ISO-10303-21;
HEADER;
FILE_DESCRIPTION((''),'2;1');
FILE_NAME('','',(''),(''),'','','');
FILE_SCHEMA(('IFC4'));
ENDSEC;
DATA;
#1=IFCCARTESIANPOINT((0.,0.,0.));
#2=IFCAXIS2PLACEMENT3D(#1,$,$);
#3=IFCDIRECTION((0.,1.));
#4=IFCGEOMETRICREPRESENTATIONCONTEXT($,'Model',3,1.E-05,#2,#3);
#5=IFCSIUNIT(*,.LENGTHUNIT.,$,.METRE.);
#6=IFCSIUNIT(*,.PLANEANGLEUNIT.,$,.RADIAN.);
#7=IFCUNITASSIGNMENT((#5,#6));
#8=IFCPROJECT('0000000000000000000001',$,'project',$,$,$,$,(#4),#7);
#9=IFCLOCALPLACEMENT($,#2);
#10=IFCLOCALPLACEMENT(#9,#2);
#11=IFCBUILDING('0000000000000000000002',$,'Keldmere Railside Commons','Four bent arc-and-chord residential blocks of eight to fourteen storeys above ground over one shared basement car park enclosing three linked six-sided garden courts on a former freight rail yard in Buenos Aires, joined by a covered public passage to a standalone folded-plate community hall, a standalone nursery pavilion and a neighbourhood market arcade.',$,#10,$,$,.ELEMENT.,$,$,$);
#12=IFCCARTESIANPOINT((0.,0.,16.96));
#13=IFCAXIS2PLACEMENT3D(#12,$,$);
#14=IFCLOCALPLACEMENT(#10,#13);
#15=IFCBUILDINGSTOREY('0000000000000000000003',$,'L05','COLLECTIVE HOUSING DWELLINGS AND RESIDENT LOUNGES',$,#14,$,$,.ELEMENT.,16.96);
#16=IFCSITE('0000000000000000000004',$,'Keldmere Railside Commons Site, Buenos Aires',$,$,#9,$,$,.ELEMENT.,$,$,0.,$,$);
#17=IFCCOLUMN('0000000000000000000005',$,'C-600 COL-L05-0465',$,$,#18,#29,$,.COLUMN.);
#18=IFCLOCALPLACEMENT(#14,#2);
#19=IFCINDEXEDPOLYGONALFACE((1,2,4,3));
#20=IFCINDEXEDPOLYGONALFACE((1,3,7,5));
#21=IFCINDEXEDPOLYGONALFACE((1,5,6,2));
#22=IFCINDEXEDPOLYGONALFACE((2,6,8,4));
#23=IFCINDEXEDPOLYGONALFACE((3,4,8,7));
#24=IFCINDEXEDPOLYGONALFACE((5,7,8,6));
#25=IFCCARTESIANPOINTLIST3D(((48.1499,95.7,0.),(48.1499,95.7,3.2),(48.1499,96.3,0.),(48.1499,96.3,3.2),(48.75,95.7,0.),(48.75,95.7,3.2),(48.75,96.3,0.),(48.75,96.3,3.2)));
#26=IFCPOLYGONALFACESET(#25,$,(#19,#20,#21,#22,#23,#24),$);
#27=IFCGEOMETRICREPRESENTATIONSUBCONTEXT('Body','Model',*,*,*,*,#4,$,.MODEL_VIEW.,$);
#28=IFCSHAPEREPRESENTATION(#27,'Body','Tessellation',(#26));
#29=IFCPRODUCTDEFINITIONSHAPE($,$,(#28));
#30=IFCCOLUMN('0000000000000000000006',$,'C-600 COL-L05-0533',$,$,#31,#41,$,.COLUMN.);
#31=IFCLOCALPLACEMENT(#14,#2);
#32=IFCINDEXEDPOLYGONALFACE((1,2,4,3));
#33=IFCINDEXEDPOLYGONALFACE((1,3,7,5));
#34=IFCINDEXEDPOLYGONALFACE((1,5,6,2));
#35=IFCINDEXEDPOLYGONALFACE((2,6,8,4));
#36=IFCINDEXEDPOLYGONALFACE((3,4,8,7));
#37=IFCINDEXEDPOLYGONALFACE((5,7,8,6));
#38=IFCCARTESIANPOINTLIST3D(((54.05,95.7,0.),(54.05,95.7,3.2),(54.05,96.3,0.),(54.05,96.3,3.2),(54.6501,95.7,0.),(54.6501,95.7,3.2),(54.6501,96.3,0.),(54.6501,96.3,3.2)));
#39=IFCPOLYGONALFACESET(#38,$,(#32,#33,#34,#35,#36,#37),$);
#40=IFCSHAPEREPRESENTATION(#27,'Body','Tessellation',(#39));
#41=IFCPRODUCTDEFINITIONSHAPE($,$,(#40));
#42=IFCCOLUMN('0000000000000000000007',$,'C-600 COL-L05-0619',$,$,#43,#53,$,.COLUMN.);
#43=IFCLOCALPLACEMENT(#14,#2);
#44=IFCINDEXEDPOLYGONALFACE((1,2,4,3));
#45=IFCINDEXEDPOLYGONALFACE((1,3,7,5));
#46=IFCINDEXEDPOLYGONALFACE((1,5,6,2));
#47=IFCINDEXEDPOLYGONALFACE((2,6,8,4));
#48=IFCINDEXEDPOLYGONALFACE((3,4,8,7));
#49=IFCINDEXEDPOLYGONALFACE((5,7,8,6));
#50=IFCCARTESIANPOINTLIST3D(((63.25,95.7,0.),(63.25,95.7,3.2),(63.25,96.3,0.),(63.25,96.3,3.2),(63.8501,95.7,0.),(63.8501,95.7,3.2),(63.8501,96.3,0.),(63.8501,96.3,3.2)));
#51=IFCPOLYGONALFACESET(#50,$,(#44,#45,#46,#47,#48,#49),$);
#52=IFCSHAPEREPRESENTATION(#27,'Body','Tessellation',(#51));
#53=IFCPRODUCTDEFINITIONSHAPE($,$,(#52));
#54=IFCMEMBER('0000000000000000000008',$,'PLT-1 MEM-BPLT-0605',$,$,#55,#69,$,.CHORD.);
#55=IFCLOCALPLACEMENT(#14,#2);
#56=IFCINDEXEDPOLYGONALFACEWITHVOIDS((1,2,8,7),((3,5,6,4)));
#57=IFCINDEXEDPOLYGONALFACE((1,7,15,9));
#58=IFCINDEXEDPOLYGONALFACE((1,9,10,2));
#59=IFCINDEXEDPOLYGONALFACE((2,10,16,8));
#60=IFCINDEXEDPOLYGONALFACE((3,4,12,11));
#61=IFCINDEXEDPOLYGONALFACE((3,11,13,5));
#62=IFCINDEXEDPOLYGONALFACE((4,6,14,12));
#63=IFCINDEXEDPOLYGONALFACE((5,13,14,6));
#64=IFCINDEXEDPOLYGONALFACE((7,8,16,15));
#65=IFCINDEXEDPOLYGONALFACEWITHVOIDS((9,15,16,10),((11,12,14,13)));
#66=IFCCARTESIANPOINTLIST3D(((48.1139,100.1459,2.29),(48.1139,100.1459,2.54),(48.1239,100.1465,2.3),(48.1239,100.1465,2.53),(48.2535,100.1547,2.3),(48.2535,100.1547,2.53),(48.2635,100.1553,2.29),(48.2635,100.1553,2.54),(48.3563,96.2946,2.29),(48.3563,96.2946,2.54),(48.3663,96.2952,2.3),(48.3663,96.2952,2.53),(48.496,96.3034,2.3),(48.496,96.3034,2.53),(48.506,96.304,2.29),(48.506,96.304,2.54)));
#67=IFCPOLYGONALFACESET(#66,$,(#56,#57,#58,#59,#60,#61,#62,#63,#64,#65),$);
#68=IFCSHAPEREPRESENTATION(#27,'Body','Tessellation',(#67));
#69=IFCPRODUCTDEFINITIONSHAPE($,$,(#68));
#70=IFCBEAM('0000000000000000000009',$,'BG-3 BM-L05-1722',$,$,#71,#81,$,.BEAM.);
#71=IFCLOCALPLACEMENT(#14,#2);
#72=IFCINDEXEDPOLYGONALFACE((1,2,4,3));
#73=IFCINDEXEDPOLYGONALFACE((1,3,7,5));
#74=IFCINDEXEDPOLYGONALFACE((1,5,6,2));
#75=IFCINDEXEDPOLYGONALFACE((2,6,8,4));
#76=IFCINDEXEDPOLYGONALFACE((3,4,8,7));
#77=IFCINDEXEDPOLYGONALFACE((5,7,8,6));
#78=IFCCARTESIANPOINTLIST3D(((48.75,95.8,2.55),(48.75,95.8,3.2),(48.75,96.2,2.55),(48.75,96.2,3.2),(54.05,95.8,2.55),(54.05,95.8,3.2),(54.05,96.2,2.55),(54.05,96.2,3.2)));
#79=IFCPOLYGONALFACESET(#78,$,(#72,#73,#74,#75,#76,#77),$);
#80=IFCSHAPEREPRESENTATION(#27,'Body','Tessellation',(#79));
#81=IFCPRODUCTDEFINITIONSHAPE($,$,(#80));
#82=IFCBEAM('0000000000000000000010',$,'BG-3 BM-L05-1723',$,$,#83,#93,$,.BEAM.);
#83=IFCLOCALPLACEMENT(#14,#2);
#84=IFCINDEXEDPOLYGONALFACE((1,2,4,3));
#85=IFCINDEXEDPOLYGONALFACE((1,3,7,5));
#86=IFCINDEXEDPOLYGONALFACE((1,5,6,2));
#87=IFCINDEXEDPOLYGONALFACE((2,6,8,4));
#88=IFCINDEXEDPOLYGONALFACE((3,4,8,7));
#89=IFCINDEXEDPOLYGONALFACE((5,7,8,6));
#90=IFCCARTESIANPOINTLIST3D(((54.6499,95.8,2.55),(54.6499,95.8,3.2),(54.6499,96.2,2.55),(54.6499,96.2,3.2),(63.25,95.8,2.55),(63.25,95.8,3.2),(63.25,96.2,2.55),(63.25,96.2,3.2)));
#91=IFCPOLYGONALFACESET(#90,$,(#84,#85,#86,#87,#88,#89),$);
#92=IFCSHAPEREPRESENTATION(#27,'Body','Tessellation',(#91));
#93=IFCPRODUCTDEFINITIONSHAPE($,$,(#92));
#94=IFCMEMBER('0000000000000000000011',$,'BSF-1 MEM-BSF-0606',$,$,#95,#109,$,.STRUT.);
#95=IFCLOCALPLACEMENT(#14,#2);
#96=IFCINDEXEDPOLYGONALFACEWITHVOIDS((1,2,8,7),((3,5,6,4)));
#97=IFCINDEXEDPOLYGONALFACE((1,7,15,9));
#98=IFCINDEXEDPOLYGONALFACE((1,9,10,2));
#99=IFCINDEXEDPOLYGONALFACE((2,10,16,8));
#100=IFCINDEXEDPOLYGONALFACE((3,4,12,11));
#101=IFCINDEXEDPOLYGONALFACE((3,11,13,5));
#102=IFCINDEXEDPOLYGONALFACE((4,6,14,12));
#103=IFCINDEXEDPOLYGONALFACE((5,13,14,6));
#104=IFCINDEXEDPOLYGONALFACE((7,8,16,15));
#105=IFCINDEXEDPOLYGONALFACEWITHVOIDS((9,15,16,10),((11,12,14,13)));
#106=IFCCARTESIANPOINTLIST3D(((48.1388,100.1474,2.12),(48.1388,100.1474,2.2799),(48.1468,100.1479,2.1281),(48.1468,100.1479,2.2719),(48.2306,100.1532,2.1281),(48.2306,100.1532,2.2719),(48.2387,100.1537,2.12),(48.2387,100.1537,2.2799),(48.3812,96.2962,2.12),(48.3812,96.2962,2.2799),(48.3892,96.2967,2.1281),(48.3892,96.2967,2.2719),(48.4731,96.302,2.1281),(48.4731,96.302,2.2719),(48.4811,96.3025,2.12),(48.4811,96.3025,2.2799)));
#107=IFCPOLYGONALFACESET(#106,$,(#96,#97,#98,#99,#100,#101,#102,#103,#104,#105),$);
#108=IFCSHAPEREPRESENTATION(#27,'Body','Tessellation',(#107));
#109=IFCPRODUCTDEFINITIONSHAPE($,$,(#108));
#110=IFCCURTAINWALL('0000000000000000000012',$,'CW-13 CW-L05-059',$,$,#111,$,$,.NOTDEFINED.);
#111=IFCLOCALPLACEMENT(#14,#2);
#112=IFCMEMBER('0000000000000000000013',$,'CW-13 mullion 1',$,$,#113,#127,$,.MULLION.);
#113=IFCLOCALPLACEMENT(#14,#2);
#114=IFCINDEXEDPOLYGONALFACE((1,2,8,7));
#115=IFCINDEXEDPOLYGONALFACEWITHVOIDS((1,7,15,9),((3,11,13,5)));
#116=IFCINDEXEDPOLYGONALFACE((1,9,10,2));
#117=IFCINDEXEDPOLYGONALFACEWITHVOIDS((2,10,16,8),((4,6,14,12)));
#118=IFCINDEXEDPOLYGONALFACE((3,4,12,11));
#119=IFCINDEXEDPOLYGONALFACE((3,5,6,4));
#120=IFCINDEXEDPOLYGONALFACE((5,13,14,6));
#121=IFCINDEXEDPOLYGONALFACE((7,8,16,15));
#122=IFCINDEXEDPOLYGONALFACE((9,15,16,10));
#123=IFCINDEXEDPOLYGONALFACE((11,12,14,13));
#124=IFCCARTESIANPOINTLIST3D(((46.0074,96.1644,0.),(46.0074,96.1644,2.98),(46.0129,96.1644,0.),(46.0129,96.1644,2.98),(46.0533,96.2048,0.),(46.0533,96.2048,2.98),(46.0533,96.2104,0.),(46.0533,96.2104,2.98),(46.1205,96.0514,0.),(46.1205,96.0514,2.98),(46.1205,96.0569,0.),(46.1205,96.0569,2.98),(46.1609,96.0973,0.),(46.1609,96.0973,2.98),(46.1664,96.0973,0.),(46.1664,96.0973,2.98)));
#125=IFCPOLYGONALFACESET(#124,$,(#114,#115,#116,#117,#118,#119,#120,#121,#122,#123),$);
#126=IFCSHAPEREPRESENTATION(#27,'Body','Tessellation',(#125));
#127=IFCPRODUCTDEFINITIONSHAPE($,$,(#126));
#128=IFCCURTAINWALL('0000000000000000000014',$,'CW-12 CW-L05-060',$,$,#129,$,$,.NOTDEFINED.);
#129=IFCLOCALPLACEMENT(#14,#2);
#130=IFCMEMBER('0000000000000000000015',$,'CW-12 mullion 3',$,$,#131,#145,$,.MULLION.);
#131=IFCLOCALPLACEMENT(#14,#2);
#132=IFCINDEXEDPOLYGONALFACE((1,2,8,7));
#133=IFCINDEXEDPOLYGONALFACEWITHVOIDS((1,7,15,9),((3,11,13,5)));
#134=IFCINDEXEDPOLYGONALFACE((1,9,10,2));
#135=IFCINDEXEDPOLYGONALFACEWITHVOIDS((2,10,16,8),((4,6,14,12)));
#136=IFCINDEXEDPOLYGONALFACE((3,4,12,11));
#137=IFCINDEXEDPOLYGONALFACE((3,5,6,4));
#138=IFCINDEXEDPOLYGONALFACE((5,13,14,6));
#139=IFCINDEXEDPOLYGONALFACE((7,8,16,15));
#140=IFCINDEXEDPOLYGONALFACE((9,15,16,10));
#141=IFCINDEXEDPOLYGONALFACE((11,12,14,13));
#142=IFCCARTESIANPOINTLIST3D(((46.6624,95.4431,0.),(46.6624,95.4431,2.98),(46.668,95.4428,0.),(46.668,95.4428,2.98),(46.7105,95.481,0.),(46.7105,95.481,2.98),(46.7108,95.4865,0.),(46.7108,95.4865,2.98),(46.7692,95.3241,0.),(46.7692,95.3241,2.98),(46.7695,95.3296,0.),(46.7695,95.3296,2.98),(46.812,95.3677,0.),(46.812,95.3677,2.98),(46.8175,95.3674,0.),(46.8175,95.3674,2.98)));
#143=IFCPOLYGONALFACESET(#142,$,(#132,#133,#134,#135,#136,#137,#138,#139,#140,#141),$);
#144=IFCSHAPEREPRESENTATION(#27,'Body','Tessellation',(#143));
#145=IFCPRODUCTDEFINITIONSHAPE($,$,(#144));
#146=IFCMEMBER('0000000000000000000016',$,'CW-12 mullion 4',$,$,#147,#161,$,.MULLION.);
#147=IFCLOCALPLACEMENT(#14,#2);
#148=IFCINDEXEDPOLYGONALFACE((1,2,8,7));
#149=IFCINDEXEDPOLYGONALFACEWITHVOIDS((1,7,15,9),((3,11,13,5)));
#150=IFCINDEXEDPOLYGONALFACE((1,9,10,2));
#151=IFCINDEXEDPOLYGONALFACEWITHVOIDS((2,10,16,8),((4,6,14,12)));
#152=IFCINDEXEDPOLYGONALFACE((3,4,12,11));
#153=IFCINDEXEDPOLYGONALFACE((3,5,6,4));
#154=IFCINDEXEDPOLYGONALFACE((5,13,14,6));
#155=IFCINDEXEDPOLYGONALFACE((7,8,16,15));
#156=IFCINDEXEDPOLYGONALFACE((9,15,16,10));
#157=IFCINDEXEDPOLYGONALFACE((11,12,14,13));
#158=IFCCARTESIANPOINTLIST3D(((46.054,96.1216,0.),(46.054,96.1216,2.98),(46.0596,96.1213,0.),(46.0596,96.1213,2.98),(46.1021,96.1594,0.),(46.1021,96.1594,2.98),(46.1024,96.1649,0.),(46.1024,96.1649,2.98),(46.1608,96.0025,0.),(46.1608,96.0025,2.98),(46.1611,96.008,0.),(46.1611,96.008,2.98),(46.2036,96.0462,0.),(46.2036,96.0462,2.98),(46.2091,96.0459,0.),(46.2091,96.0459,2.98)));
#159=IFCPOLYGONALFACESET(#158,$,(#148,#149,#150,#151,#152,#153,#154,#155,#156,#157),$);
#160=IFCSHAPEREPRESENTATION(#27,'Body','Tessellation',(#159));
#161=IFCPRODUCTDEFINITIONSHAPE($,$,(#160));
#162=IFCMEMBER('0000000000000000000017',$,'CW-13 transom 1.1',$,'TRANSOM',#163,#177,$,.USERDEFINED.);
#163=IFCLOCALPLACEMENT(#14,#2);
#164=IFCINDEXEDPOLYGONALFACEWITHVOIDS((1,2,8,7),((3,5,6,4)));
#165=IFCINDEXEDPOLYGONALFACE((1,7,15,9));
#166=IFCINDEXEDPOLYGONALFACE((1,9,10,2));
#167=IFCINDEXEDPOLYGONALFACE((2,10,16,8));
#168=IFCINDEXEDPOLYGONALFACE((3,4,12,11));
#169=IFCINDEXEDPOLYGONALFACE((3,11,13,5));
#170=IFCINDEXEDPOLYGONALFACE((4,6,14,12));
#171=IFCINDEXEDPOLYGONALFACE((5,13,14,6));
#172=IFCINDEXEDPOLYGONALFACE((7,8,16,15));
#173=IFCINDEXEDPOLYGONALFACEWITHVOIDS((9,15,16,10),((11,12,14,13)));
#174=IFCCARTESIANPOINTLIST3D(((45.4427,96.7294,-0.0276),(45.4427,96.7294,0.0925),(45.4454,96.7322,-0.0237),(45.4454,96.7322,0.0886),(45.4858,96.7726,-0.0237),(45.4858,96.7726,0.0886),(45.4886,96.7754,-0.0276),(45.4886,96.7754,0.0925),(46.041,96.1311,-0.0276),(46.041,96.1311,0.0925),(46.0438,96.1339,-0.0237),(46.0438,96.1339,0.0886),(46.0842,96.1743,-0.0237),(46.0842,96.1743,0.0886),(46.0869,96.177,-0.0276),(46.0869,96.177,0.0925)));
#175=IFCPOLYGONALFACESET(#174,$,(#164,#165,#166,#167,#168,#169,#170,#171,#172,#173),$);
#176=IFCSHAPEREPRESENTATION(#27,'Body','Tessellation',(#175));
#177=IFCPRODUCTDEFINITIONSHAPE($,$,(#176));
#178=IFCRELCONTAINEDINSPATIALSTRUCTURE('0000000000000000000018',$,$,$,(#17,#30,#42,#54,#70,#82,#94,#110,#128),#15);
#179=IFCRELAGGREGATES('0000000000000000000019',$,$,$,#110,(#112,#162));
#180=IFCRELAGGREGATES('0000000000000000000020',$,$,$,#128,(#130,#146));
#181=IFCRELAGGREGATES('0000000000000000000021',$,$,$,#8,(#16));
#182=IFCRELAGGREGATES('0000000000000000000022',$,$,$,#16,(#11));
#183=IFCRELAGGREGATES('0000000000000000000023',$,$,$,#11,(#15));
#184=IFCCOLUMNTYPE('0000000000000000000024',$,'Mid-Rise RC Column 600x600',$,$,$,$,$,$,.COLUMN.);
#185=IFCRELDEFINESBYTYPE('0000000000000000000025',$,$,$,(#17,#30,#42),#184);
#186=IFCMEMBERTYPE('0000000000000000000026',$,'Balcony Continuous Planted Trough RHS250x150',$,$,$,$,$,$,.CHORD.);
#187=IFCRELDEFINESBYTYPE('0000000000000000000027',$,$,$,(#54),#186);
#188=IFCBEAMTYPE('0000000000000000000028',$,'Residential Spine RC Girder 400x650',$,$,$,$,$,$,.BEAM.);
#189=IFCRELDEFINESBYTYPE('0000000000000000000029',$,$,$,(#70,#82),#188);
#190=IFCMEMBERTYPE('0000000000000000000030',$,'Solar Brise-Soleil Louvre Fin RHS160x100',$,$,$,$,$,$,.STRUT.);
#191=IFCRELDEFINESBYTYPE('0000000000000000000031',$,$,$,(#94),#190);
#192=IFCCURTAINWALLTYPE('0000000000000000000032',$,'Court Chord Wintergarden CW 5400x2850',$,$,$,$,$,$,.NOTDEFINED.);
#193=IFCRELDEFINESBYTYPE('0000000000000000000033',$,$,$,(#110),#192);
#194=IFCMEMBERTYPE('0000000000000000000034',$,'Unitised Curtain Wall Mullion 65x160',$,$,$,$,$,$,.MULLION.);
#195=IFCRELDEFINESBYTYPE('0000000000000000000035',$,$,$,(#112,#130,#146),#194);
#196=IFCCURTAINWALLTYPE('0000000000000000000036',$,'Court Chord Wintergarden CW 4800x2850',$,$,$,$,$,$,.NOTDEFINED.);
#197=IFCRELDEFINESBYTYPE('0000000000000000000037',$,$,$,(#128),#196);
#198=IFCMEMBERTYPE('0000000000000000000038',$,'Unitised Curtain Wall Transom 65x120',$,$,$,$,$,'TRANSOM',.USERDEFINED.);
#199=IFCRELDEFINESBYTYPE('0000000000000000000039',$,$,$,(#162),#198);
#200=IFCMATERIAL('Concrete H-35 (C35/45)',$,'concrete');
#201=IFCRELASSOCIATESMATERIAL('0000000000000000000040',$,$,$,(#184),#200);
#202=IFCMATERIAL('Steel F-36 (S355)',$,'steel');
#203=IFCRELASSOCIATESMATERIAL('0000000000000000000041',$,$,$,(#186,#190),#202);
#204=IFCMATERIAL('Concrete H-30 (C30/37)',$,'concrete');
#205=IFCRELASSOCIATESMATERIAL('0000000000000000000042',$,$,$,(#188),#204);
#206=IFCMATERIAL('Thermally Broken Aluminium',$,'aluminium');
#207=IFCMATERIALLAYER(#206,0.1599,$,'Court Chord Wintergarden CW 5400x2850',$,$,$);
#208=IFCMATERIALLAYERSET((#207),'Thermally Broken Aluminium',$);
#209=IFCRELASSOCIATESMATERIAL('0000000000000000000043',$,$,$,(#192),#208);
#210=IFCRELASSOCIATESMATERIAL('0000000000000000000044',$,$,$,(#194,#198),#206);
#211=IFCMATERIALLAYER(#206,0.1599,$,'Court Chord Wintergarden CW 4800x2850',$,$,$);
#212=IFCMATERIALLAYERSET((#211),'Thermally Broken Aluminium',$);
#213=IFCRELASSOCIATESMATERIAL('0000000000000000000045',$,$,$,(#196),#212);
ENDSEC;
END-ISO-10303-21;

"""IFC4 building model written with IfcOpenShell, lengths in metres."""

from ifc_helpers import new_model, si_unit, direction, frame, origin, origin_2d, place, context, subcontext, project, spatial, rectangle, hollow_rectangle, extrude, material, layer, layer_set, material_profile, profile_set, type_object, element, aggregate, save


model = new_model("IFC4")

# Units and contexts
model_context = context("Model", 3, precision=1e-05, world=origin(), true_north=direction((0.0, 1.0)))
body_context = subcontext(model_context, "Body", "Model", "MODEL_VIEW")
ifc_project = project(units=[si_unit("LENGTHUNIT", "METRE"), si_unit("PLANEANGLEUNIT", "RADIAN")], contexts=[model_context])

# Site, building, storey
site_placement = place(None, origin())
site = spatial("IfcSite", under=ifc_project, at=site_placement, Name="Keldmere Railside Commons Site, Buenos Aires", CompositionType="ELEMENT", RefElevation=0.0)
building_placement = place(site_placement, origin())
building = spatial("IfcBuilding", under=site, at=building_placement, Name="Keldmere Railside Commons", Description="Four bent arc-and-chord residential blocks of eight to fourteen storeys above ground over one shared basement car park enclosing three linked six-sided garden courts on a former freight rail yard in Buenos Aires, joined by a covered public passage to a standalone folded-plate community hall, a standalone nursery pavilion and a neighbourhood market arcade.", CompositionType="ELEMENT")
storey_placement = place(building_placement, frame((0.0, 0.0, 16.96)))
storey = spatial("IfcBuildingStorey", under=building, at=storey_placement, Name="L05", Description="COLLECTIVE HOUSING DWELLINGS AND RESIDENT LOUNGES", CompositionType="ELEMENT", Elevation=16.96)

# Columns
ifc_material_1 = material(Name="Concrete H-35 (C35/45)", Category="concrete")
ifc_material_profile_1 = material_profile(ifc_material_1, rectangle(XDim=0.6001, YDim=0.6001, at=origin_2d()), Name="RC-600x600")
ifc_profile_set_1 = profile_set([ifc_material_profile_1], Name="Concrete H-35 (C35/45)")
column_type = type_object("IfcColumnType", Name="Mid-Rise RC Column 600x600", PredefinedType="COLUMN", material=ifc_profile_set_1)
for number, where, z_axis, x_axis, name in (
    (1, (48.45, 96.0, 0.0), (0.0, 0.0, 1.0), (1.0, 0.0, 0.0), "C-600 COL-L05-0465"),
    (2, (54.3501, 96.0, 0.0), (0.0, 0.0, 1.0), (1.0, 0.0, 0.0), "C-600 COL-L05-0533"),
    (3, (63.55, 96.0, 0.0), (0.0, 0.0, 1.0), (1.0, 0.0, 0.0), "C-600 COL-L05-0619"),
):
    element("IfcColumn", number, at=place(storey_placement, frame(where, z_axis=z_axis, x_axis=x_axis)), inside=storey, type_object=column_type, Name=name, PredefinedType="COLUMN", context=body_context, shape_type="SweptSolid", body=[
        extrude(rectangle(XDim=0.6001, YDim=0.6001, at=origin_2d()), origin(), (0.0, 0.0, 1.0), 3.2),
    ])

# Member
ifc_material_2 = material(Name="Steel F-36 (S355)", Category="steel")
ifc_material_profile_2 = material_profile(ifc_material_2, hollow_rectangle(XDim=0.1499, YDim=0.25, WallThickness=0.01, at=origin_2d()), Name="RHS-250x150x10")
ifc_profile_set_2 = profile_set([ifc_material_profile_2], Name="Steel F-36 (S355)")
member_type_1 = type_object("IfcMemberType", Name="Balcony Continuous Planted Trough RHS250x150", PredefinedType="CHORD", material=ifc_profile_set_2)
member_1_placement = place(storey_placement, frame((48.4312, 96.2993, 2.415), z_axis=(-0.062823, 0.998025, 0.0), x_axis=(-0.998025, -0.062823, 0.0)))
element("IfcMember", 4, at=member_1_placement, inside=storey, type_object=member_type_1, Name="PLT-1 MEM-BPLT-0605", PredefinedType="CHORD", context=body_context, shape_type="SweptSolid", body=[
    extrude(hollow_rectangle(XDim=0.1499, YDim=0.25, WallThickness=0.01, at=origin_2d()), origin(), (0.0, 0.0, 1.0), 3.8589),
])

# Beams
ifc_material_3 = material(Name="Concrete H-30 (C30/37)", Category="concrete")
ifc_material_profile_3 = material_profile(ifc_material_3, rectangle(XDim=0.3999, YDim=0.6499, at=origin_2d()), Name="RC-400x650")
ifc_profile_set_3 = profile_set([ifc_material_profile_3], Name="Concrete H-30 (C30/37)")
beam_type = type_object("IfcBeamType", Name="Residential Spine RC Girder 400x650", PredefinedType="BEAM", material=ifc_profile_set_3)
beam_1_placement = place(storey_placement, frame((48.75, 96.0, 2.875), z_axis=(1.0, 0.0, 0.0), x_axis=(0.0, 1.0, 0.0)))
element("IfcBeam", 5, at=beam_1_placement, inside=storey, type_object=beam_type, Name="BG-3 BM-L05-1722", PredefinedType="BEAM", context=body_context, shape_type="SweptSolid", body=[
    extrude(rectangle(XDim=0.3999, YDim=0.6499, at=origin_2d()), origin(), (0.0, 0.0, 1.0), 5.3),
])
beam_2_placement = place(storey_placement, frame((54.6499, 96.0, 2.875), z_axis=(1.0, 0.0, 0.0), x_axis=(0.0, 1.0, 0.0)))
element("IfcBeam", 6, at=beam_2_placement, inside=storey, type_object=beam_type, Name="BG-3 BM-L05-1723", PredefinedType="BEAM", context=body_context, shape_type="SweptSolid", body=[
    extrude(rectangle(XDim=0.3999, YDim=0.6499, at=origin_2d()), origin(), (0.0, 0.0, 1.0), 8.6001),
])

# Member
ifc_material_profile_4 = material_profile(ifc_material_2, hollow_rectangle(XDim=0.1001, YDim=0.1599, WallThickness=0.0081, at=origin_2d()), Name="RHS-160x100x8")
ifc_profile_set_4 = profile_set([ifc_material_profile_4], Name="Steel F-36 (S355)")
member_type_2 = type_object("IfcMemberType", Name="Solar Brise-Soleil Louvre Fin RHS160x100", PredefinedType="STRUT", material=ifc_profile_set_4)
member_2_placement = place(storey_placement, frame((48.4312, 96.2993, 2.2), z_axis=(-0.062823, 0.998025, 0.0), x_axis=(-0.998025, -0.062823, 0.0)))
element("IfcMember", 7, at=member_2_placement, inside=storey, type_object=member_type_2, Name="BSF-1 MEM-BSF-0606", PredefinedType="STRUT", context=body_context, shape_type="SweptSolid", body=[
    extrude(hollow_rectangle(XDim=0.1001, YDim=0.1599, WallThickness=0.0081, at=origin_2d()), origin(), (0.0, 0.0, 1.0), 3.8589),
])

# Curtain wall, member
ifc_material_4 = material(Name="Thermally Broken Aluminium", Category="aluminium")
ifc_layer_1 = layer(ifc_material_4, 0.1599, Name="Court Chord Wintergarden CW 5400x2850")
ifc_layer_set_1 = layer_set([ifc_layer_1], Name="Thermally Broken Aluminium")
curtain_wall_type_1 = type_object("IfcCurtainWallType", Name="Court Chord Wintergarden CW 5400x2850", PredefinedType="NOTDEFINED", material=ifc_layer_set_1)
curtain_wall_1_placement = place(storey_placement, origin())
curtain_wall_1 = element("IfcCurtainWall", 8, at=curtain_wall_1_placement, inside=storey, type_object=curtain_wall_type_1, Name="CW-13 CW-L05-059", PredefinedType="NOTDEFINED")
ifc_material_profile_5 = material_profile(ifc_material_4, hollow_rectangle(XDim=0.0649, YDim=0.1599, WallThickness=0.0039, at=origin_2d()), Name="ALU-MULL-65x160")
ifc_profile_set_5 = profile_set([ifc_material_profile_5], Name="Thermally Broken Aluminium")
member_type_3 = type_object("IfcMemberType", Name="Unitised Curtain Wall Mullion 65x160", PredefinedType="MULLION", material=ifc_profile_set_5)
member_3_placement = place(storey_placement, frame((46.0869, 96.1309, 0.0), z_axis=(0.0, 0.0, 1.0), x_axis=(-0.707107, -0.707107, 0.0)))
member_3 = element("IfcMember", 9, at=member_3_placement, type_object=member_type_3, Name="CW-13 mullion 1", PredefinedType="MULLION", context=body_context, shape_type="SweptSolid", body=[
    extrude(hollow_rectangle(XDim=0.0649, YDim=0.1599, WallThickness=0.0039, at=origin_2d()), origin(), (0.0, 0.0, 1.0), 2.98),
])

# Curtain wall, members
ifc_layer_2 = layer(ifc_material_4, 0.1599, Name="Court Chord Wintergarden CW 4800x2850")
ifc_layer_set_2 = layer_set([ifc_layer_2], Name="Thermally Broken Aluminium")
curtain_wall_type_2 = type_object("IfcCurtainWallType", Name="Court Chord Wintergarden CW 4800x2850", PredefinedType="NOTDEFINED", material=ifc_layer_set_2)
curtain_wall_2_placement = place(storey_placement, origin())
curtain_wall_2 = element("IfcCurtainWall", 10, at=curtain_wall_2_placement, inside=storey, type_object=curtain_wall_type_2, Name="CW-12 CW-L05-060", PredefinedType="NOTDEFINED")
member_4_placement = place(storey_placement, frame((46.74, 95.4053, 0.0), z_axis=(0.0, 0.0, 1.0), x_axis=(-0.744557, -0.667559, 0.0)))
member_4 = element("IfcMember", 11, at=member_4_placement, type_object=member_type_3, Name="CW-12 mullion 3", PredefinedType="MULLION", context=body_context, shape_type="SweptSolid", body=[
    extrude(hollow_rectangle(XDim=0.0649, YDim=0.1599, WallThickness=0.0039, at=origin_2d()), origin(), (0.0, 0.0, 1.0), 2.98),
])
member_5_placement = place(storey_placement, frame((46.1316, 96.0837, 0.0), z_axis=(0.0, 0.0, 1.0), x_axis=(-0.744557, -0.667559, 0.0)))
member_5 = element("IfcMember", 12, at=member_5_placement, type_object=member_type_3, Name="CW-12 mullion 4", PredefinedType="MULLION", context=body_context, shape_type="SweptSolid", body=[
    extrude(hollow_rectangle(XDim=0.0649, YDim=0.1599, WallThickness=0.0039, at=origin_2d()), origin(), (0.0, 0.0, 1.0), 2.98),
])

# Member
ifc_material_profile_6 = material_profile(ifc_material_4, hollow_rectangle(XDim=0.0649, YDim=0.1201, WallThickness=0.0039, at=origin_2d()), Name="ALU-TRAN-65x120")
ifc_profile_set_6 = profile_set([ifc_material_profile_6], Name="Thermally Broken Aluminium")
member_type_4 = type_object("IfcMemberType", Name="Unitised Curtain Wall Transom 65x120", ElementType="TRANSOM", PredefinedType="USERDEFINED", material=ifc_profile_set_6)
member_6_placement = place(storey_placement, frame((46.064, 96.1541, 0.0325), z_axis=(-0.707107, 0.707107, 0.0), x_axis=(-0.707107, -0.707107, 0.0)))
member_6 = element("IfcMember", 13, at=member_6_placement, type_object=member_type_4, Name="CW-13 transom 1.1", ObjectType="TRANSOM", PredefinedType="USERDEFINED", context=body_context, shape_type="SweptSolid", body=[
    extrude(hollow_rectangle(XDim=0.0649, YDim=0.1201, WallThickness=0.0039, at=origin_2d()), origin(), (0.0, 0.0, 1.0), 0.8462),
])

aggregate(curtain_wall_1, [member_3, member_6])
aggregate(curtain_wall_2, [member_4, member_5])

save(model, "model.ifc")
